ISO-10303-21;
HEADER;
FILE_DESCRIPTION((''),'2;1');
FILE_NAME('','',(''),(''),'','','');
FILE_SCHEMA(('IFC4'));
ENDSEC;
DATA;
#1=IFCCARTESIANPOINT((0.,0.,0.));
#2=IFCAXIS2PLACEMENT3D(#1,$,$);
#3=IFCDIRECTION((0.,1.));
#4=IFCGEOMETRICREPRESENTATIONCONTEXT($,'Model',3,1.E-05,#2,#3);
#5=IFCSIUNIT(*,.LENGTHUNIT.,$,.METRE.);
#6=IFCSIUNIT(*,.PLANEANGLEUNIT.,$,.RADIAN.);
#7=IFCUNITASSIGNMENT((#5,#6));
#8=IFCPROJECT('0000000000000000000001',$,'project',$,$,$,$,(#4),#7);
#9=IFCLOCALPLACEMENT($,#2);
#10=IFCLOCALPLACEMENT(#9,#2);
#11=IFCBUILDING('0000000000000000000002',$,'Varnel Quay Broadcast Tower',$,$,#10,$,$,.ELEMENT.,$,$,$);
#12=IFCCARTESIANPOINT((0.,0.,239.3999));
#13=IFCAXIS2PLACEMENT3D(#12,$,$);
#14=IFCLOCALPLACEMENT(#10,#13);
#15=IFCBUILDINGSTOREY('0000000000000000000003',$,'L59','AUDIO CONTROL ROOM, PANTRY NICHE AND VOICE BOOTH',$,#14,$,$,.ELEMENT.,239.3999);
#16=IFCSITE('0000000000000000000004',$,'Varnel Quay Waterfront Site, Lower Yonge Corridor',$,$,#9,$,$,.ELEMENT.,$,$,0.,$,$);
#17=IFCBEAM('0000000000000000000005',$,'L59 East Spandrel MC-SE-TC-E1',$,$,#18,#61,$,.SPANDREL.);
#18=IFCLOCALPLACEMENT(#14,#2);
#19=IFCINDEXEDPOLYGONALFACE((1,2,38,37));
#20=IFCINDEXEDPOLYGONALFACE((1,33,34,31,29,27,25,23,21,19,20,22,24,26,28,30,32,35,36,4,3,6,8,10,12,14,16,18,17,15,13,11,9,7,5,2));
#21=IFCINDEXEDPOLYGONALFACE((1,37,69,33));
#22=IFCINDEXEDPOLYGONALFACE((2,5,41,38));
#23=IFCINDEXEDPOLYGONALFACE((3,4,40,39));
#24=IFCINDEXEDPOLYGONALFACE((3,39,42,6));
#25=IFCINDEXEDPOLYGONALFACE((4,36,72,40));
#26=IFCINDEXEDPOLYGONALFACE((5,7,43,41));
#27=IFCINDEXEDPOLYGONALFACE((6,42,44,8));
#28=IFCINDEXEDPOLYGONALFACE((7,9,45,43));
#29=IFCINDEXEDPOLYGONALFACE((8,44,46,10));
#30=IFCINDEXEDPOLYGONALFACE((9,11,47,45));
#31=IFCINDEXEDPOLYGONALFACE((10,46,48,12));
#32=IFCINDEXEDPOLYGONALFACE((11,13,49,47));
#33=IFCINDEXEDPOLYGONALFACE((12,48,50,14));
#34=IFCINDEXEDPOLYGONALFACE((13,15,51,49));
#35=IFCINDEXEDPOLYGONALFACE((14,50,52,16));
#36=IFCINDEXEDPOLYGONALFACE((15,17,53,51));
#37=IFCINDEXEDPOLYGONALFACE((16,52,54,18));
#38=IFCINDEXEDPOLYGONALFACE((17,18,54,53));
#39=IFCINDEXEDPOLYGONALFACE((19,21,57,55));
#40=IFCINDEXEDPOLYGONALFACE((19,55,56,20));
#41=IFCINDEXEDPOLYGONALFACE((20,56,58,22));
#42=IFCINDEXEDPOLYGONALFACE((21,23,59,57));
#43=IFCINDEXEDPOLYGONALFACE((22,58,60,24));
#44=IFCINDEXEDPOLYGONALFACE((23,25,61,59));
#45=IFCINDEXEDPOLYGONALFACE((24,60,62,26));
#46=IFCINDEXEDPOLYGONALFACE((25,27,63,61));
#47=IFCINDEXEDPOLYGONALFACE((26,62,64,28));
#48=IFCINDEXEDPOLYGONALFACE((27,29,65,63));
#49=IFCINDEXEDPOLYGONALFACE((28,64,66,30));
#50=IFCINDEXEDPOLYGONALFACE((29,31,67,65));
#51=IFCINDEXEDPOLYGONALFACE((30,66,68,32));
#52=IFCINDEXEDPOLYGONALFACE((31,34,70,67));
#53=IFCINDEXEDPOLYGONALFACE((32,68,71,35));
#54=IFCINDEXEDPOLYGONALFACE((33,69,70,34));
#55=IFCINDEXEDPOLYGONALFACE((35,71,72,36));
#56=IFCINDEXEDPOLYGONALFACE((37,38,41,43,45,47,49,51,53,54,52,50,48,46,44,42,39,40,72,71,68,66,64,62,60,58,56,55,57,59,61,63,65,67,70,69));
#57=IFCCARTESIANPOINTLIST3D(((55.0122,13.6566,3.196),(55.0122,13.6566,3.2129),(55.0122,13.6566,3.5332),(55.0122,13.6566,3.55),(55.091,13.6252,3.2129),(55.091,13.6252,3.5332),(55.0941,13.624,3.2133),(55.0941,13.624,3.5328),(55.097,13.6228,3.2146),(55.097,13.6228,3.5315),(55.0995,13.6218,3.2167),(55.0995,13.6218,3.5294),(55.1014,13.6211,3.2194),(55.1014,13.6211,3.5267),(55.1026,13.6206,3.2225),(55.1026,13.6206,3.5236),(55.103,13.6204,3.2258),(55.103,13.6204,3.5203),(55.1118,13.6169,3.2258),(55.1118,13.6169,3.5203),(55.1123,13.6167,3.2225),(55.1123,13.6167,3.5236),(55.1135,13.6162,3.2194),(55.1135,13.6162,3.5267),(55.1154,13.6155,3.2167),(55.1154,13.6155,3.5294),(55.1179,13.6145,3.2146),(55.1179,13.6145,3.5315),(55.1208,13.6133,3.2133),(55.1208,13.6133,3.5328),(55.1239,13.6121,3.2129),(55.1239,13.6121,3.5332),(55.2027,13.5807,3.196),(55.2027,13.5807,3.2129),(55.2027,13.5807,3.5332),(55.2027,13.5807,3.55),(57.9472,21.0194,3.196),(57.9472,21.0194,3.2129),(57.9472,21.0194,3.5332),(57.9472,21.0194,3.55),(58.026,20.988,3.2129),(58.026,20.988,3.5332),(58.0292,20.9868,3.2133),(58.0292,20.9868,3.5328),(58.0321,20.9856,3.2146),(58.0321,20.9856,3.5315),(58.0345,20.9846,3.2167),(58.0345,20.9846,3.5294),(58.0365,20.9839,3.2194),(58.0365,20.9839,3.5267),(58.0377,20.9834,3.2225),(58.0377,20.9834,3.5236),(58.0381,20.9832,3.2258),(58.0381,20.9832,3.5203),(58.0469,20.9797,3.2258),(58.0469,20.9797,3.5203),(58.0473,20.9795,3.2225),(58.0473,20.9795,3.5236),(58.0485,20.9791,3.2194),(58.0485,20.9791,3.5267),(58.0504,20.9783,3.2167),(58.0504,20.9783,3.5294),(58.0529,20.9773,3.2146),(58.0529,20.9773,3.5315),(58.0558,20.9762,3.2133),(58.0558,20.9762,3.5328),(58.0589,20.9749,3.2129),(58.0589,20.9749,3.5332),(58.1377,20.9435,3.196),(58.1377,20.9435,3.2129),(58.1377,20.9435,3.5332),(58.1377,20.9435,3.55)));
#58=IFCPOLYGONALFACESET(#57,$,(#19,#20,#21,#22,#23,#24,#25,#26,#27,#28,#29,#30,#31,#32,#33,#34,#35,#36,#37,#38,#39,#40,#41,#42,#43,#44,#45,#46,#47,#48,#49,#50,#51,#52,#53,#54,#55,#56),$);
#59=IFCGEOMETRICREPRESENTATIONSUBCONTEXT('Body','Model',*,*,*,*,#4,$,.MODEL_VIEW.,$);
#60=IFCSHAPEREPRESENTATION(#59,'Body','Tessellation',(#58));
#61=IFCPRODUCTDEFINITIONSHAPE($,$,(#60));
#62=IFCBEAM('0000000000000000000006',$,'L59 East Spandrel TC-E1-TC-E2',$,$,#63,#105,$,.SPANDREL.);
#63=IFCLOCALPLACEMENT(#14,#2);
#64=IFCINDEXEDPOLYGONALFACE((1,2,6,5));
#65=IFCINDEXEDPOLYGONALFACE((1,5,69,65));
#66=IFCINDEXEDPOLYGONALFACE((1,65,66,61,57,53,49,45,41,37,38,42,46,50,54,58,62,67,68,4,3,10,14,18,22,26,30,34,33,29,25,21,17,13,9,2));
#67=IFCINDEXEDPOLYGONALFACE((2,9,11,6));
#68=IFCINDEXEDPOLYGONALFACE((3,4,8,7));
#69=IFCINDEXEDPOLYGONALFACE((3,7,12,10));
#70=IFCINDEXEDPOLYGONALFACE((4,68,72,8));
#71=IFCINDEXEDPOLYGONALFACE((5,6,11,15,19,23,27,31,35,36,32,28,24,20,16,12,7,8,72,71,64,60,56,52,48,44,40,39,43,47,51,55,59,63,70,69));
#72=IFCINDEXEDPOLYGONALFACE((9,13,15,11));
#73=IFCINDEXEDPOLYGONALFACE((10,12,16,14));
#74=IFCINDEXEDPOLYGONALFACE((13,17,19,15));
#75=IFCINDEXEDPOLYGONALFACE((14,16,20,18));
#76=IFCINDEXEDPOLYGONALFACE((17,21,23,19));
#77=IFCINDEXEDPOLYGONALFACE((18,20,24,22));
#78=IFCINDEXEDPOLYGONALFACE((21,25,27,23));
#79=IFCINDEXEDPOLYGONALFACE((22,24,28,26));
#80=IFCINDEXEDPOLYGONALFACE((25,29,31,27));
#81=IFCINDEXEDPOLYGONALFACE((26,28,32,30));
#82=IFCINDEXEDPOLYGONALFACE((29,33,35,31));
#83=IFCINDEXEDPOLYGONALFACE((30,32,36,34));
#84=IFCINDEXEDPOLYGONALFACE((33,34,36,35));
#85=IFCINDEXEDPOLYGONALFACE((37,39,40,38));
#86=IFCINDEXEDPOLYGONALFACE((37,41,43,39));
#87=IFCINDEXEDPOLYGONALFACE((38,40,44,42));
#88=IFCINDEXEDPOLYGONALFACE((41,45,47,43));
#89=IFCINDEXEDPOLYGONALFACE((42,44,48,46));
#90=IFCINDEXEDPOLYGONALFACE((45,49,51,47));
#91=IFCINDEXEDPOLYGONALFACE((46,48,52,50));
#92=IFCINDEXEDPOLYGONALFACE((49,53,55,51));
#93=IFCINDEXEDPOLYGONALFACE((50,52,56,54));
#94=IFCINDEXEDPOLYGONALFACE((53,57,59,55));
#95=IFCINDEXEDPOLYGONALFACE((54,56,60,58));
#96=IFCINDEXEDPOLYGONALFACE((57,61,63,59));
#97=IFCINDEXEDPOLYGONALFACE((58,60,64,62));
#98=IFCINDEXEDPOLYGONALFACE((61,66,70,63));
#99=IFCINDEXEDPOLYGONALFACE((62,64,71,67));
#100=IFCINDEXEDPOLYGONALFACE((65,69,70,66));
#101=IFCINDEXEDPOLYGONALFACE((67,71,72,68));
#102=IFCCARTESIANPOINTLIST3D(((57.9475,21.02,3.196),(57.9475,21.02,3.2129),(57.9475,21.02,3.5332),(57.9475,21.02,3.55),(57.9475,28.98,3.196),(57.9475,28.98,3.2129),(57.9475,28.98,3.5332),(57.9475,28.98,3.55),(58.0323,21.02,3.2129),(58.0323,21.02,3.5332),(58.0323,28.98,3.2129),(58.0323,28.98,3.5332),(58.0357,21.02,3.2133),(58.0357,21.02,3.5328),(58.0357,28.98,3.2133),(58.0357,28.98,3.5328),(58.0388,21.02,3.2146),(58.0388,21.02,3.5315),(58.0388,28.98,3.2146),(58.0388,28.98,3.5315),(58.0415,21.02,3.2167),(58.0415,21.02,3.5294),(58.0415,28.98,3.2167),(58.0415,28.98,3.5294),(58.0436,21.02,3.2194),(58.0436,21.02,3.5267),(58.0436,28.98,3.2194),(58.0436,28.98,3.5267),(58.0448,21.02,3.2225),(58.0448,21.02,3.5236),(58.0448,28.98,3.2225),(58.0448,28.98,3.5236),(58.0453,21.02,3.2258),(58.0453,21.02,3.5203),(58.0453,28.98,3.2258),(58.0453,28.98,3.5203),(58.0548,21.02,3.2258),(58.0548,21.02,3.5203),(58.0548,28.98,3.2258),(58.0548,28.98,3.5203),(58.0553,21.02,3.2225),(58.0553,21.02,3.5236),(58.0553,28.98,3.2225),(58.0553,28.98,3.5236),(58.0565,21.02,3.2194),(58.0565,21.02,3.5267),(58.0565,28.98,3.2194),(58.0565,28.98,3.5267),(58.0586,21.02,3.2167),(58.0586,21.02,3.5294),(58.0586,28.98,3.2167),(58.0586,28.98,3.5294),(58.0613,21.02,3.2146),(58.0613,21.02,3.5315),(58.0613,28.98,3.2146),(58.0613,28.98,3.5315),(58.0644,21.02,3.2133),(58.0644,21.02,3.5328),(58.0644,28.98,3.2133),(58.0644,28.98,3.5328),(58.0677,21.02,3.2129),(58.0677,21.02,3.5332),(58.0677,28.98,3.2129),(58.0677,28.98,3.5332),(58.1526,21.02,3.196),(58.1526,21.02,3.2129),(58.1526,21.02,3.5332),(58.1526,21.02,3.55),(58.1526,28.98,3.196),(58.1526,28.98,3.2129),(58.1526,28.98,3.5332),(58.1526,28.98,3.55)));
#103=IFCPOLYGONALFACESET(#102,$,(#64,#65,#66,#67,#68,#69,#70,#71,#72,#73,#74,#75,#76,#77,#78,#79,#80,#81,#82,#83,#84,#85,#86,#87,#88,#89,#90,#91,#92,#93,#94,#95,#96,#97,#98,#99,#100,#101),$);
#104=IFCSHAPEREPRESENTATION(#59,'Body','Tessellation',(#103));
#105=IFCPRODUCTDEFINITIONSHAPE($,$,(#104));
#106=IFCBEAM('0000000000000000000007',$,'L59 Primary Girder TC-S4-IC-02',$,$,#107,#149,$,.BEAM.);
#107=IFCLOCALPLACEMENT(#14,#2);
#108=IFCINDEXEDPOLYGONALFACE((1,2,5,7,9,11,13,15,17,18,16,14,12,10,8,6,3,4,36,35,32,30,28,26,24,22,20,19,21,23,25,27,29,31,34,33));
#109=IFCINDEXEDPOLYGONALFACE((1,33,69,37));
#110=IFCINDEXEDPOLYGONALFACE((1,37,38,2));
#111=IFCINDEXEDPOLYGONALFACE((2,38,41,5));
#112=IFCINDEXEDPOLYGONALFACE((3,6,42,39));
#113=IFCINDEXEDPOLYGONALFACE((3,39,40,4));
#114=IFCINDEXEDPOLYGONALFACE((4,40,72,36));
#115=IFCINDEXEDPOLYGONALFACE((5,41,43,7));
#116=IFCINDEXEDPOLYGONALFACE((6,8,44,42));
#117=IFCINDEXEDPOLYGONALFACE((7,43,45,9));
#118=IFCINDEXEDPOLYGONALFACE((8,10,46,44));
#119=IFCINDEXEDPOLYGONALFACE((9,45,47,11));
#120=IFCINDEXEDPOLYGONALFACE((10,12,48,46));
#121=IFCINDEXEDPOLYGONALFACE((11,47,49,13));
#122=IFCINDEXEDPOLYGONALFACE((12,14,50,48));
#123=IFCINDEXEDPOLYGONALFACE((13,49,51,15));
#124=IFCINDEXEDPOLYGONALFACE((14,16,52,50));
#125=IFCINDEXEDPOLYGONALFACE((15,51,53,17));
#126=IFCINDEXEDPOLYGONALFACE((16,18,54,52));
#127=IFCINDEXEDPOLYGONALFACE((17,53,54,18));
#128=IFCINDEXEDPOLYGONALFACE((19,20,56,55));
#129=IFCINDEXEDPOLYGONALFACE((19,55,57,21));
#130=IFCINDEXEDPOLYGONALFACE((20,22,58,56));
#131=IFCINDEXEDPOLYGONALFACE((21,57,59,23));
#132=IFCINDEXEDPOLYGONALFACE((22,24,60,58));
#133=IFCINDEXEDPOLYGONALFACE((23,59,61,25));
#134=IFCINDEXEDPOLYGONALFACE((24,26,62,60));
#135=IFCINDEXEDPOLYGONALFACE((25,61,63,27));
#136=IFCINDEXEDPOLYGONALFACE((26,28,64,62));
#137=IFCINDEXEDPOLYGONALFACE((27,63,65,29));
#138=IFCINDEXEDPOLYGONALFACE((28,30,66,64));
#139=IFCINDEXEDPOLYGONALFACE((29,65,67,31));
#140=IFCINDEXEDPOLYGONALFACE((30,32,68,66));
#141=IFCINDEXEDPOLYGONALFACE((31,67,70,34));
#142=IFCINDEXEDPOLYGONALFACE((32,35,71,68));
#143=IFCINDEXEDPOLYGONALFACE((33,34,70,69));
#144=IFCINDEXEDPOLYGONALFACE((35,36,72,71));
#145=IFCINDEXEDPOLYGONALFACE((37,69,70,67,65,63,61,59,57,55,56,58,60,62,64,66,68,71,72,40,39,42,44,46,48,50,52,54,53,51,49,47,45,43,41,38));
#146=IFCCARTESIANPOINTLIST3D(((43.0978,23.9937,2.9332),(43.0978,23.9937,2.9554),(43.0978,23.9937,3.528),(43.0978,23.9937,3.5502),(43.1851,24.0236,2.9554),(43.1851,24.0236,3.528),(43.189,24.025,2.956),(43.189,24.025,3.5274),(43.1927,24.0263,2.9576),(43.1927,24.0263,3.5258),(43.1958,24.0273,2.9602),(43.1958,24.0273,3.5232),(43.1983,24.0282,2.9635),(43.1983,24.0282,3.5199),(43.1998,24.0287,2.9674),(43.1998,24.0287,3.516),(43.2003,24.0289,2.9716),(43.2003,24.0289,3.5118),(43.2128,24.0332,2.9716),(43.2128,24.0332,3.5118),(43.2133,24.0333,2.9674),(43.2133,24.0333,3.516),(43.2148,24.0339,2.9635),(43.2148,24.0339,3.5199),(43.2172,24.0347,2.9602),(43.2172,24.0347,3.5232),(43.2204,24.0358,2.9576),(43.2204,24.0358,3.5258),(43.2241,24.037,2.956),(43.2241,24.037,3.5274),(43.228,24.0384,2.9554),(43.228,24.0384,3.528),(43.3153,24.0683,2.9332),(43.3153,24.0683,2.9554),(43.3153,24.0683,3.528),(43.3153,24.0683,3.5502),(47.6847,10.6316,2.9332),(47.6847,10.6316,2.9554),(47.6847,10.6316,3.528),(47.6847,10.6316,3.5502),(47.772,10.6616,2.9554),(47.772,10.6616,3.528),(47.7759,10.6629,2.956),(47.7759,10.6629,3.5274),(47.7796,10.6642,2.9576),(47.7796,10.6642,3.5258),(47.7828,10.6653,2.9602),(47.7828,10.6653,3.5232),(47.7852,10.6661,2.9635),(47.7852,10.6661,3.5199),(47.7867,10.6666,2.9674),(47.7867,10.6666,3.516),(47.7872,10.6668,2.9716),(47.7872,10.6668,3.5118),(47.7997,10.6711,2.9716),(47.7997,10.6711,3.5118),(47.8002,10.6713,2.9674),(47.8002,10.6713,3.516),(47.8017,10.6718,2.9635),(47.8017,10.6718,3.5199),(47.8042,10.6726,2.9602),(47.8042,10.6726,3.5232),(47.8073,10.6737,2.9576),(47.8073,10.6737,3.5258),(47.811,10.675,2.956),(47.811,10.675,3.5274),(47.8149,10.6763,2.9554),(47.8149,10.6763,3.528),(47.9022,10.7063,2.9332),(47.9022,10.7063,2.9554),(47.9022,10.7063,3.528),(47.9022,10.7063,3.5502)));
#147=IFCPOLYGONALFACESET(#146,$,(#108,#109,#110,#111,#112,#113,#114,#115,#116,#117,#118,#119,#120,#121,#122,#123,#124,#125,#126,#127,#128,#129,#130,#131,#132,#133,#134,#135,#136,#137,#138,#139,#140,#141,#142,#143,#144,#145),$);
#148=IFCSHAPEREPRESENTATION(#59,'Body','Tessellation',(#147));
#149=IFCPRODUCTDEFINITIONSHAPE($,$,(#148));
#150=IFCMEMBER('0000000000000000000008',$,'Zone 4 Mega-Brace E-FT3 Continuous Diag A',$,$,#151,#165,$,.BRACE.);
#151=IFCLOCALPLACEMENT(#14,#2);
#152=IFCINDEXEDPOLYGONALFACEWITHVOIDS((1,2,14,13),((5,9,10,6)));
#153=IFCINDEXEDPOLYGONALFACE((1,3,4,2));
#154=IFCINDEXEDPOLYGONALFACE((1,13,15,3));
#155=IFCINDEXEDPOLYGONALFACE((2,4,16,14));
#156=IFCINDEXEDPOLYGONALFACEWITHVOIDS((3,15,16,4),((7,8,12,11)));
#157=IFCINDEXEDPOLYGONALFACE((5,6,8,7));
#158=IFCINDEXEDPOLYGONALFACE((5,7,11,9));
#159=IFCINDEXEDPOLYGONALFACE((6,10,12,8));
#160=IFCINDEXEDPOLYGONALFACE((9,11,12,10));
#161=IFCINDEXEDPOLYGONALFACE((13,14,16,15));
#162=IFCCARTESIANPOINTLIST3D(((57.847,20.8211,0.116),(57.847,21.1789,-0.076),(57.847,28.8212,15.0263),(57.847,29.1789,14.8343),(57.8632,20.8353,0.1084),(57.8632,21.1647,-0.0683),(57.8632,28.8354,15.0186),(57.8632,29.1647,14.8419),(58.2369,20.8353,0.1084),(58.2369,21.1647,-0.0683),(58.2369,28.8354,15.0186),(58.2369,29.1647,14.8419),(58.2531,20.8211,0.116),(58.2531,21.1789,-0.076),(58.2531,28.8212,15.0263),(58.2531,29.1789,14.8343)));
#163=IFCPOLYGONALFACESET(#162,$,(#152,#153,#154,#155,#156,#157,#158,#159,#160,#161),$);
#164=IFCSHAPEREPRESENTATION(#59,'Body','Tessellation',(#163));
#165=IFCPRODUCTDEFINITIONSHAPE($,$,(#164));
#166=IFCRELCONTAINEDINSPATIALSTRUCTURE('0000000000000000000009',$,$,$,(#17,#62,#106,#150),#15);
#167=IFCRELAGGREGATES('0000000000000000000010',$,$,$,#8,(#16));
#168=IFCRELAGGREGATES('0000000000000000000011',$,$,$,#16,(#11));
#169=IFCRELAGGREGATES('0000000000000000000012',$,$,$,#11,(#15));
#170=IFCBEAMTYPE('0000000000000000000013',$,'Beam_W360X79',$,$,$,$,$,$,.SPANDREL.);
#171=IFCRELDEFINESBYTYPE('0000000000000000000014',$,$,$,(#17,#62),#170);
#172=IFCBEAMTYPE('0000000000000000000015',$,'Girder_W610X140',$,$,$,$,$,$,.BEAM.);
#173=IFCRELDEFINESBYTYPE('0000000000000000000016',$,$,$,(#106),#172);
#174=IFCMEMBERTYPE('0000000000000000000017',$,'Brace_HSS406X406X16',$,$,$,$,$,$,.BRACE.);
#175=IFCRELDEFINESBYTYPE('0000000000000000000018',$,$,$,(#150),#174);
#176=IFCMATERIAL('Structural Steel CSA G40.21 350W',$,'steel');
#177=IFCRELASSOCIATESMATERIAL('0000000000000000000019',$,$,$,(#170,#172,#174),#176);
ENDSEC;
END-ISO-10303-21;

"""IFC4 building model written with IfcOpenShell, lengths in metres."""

from ifc_helpers import new_model, si_unit, direction, frame, origin, origin_2d, place, context, subcontext, project, spatial, hollow_rectangle, i_section, extrude, source, transform, mapped, material, material_profile, profile_set, type_object, type_shapes, element, save


model = new_model("IFC4")

# Units and contexts
model_context = context("Model", 3, precision=1e-05, world=origin(), true_north=direction((0.0, 1.0)))
body_context = subcontext(model_context, "Body", "Model", "MODEL_VIEW")
ifc_project = project(units=[si_unit("LENGTHUNIT", "METRE"), si_unit("PLANEANGLEUNIT", "RADIAN")], contexts=[model_context])

# Site, building, storey
site_placement = place(None, origin())
site = spatial("IfcSite", under=ifc_project, at=site_placement, Name="Varnel Quay Waterfront Site, Lower Yonge Corridor", CompositionType="ELEMENT", RefElevation=0.0)
building_placement = place(site_placement, origin())
building = spatial("IfcBuilding", under=site, at=building_placement, Name="Varnel Quay Broadcast Tower", CompositionType="ELEMENT")
storey_placement = place(building_placement, frame((0.0, 0.0, 239.3999)))
storey = spatial("IfcBuildingStorey", under=building, at=storey_placement, Name="L59", Description="AUDIO CONTROL ROOM, PANTRY NICHE AND VOICE BOOTH", CompositionType="ELEMENT", Elevation=239.3999)

# Shared definitions
ifc_material_1 = material(Name="Structural Steel CSA G40.21 350W", Category="steel")

# Beams
ifc_material_profile_1 = material_profile(ifc_material_1, i_section(OverallWidth=0.2051, OverallDepth=0.354, WebThickness=0.0095, FlangeThickness=0.0168, FilletRadius=0.0129, at=origin_2d()), Name="W360X79")
ifc_profile_set_1 = profile_set([ifc_material_profile_1], Name="Structural Steel CSA G40.21 350W")
beam_type_1 = type_object("IfcBeamType", Name="Beam_W360X79", PredefinedType="SPANDREL", material=ifc_profile_set_1)
shared_shape_1 = source(origin(), body_context, "Body", "SweptSolid", [
    extrude(i_section(OverallWidth=0.2051, OverallDepth=0.354, WebThickness=0.0095, FlangeThickness=0.0168, FilletRadius=0.0129, at=origin_2d()), origin(), (0.0, 0.0, 1.0), 7.9263),
])
beam_1_placement = place(storey_placement, frame((55.1074, 13.6187, 3.373), z_axis=(0.370296, 0.928914, 0.0), x_axis=(-0.928914, 0.370296, 0.0)))
element("IfcBeam", 1, at=beam_1_placement, inside=storey, type_object=beam_type_1, Name="L59 East Spandrel MC-SE-TC-E1", PredefinedType="SPANDREL", context=body_context, shape_type="MappedRepresentation", body=[
    mapped(shared_shape_1, transform((0.0, 0.0, 0.0), x_axis=(1.0, 0.0, 0.0), y_axis=(0.0, 1.0, 0.0), z_axis=(0.0, 0.0, 1.0), scale=1.0)),
])
shared_shape_2 = source(origin(), body_context, "Body", "SweptSolid", [
    extrude(i_section(OverallWidth=0.2051, OverallDepth=0.354, WebThickness=0.0095, FlangeThickness=0.0168, FilletRadius=0.0129, at=origin_2d()), origin(), (0.0, 0.0, 1.0), 7.96),
])
beam_2_placement = place(storey_placement, frame((58.05, 21.02, 3.373), z_axis=(0.0, 1.0, 0.0), x_axis=(-1.0, 0.0, 0.0)))
element("IfcBeam", 2, at=beam_2_placement, inside=storey, type_object=beam_type_1, Name="L59 East Spandrel TC-E1-TC-E2", PredefinedType="SPANDREL", context=body_context, shape_type="MappedRepresentation", body=[
    mapped(shared_shape_2, transform((0.0, 0.0, 0.0), x_axis=(1.0, 0.0, 0.0), y_axis=(0.0, 1.0, 0.0), z_axis=(0.0, 0.0, 1.0), scale=1.0)),
])
ifc_material_profile_2 = material_profile(ifc_material_1, i_section(OverallWidth=0.23, OverallDepth=0.6169, WebThickness=0.0132, FlangeThickness=0.0222, FilletRadius=0.0161, at=origin_2d()), Name="W610X140")
ifc_profile_set_2 = profile_set([ifc_material_profile_2], Name="Structural Steel CSA G40.21 350W")
beam_type_2 = type_object("IfcBeamType", Name="Girder_W610X140", PredefinedType="BEAM", material=ifc_profile_set_2)
shared_shape_3 = source(origin(), body_context, "Body", "SweptSolid", [
    extrude(i_section(OverallWidth=0.23, OverallDepth=0.6169, WebThickness=0.0132, FlangeThickness=0.0222, FilletRadius=0.0161, at=origin_2d()), origin(), (0.0, 0.0, 1.0), 14.1274),
])
type_shapes(beam_type_2, [shared_shape_3])
beam_3_placement = place(storey_placement, frame((47.7935, 10.6689, 3.2417), z_axis=(-0.324681, 0.945823, 0.0), x_axis=(-0.945823, -0.324681, 0.0)))
element("IfcBeam", 3, at=beam_3_placement, inside=storey, type_object=beam_type_2, Name="L59 Primary Girder TC-S4-IC-02", PredefinedType="BEAM", context=body_context, shape_type="MappedRepresentation", body=[
    mapped(shared_shape_3, transform((0.0, 0.0, 0.0), x_axis=(1.0, 0.0, 0.0), y_axis=(0.0, 1.0, 0.0), z_axis=(0.0, 0.0, 1.0), scale=1.0)),
])

# Member
ifc_material_profile_3 = material_profile(ifc_material_1, hollow_rectangle(XDim=0.406, YDim=0.406, WallThickness=0.0161, at=origin_2d()), Name="HSS406X406X16")
ifc_profile_set_3 = profile_set([ifc_material_profile_3], Name="Structural Steel CSA G40.21 350W")
member_type_1 = type_object("IfcMemberType", Name="Brace_HSS406X406X16", PredefinedType="BRACE", material=ifc_profile_set_3)
shared_shape_4 = source(origin(), body_context, "Body", "SweptSolid", [
    extrude(hollow_rectangle(XDim=0.406, YDim=0.406, WallThickness=0.0161, at=origin_2d()), origin(), (0.0, 0.0, 1.0), 16.9209),
])
type_shapes(member_type_1, [shared_shape_4])
member_1_placement = place(storey_placement, frame((58.05, 21.0, 0.02), z_axis=(0.0, 0.472791, 0.881174), x_axis=(-1.0, 0.0, 0.0)))
element("IfcMember", 4, at=member_1_placement, inside=storey, type_object=member_type_1, Name="Zone 4 Mega-Brace E-FT3 Continuous Diag A", PredefinedType="BRACE", context=body_context, shape_type="MappedRepresentation", body=[
    mapped(shared_shape_4, transform((0.0, 0.0, 0.0), x_axis=(1.0, 0.0, 0.0), y_axis=(0.0, 1.0, 0.0), z_axis=(0.0, 0.0, 1.0), scale=1.0)),
])

save(model, "model.ifc")
